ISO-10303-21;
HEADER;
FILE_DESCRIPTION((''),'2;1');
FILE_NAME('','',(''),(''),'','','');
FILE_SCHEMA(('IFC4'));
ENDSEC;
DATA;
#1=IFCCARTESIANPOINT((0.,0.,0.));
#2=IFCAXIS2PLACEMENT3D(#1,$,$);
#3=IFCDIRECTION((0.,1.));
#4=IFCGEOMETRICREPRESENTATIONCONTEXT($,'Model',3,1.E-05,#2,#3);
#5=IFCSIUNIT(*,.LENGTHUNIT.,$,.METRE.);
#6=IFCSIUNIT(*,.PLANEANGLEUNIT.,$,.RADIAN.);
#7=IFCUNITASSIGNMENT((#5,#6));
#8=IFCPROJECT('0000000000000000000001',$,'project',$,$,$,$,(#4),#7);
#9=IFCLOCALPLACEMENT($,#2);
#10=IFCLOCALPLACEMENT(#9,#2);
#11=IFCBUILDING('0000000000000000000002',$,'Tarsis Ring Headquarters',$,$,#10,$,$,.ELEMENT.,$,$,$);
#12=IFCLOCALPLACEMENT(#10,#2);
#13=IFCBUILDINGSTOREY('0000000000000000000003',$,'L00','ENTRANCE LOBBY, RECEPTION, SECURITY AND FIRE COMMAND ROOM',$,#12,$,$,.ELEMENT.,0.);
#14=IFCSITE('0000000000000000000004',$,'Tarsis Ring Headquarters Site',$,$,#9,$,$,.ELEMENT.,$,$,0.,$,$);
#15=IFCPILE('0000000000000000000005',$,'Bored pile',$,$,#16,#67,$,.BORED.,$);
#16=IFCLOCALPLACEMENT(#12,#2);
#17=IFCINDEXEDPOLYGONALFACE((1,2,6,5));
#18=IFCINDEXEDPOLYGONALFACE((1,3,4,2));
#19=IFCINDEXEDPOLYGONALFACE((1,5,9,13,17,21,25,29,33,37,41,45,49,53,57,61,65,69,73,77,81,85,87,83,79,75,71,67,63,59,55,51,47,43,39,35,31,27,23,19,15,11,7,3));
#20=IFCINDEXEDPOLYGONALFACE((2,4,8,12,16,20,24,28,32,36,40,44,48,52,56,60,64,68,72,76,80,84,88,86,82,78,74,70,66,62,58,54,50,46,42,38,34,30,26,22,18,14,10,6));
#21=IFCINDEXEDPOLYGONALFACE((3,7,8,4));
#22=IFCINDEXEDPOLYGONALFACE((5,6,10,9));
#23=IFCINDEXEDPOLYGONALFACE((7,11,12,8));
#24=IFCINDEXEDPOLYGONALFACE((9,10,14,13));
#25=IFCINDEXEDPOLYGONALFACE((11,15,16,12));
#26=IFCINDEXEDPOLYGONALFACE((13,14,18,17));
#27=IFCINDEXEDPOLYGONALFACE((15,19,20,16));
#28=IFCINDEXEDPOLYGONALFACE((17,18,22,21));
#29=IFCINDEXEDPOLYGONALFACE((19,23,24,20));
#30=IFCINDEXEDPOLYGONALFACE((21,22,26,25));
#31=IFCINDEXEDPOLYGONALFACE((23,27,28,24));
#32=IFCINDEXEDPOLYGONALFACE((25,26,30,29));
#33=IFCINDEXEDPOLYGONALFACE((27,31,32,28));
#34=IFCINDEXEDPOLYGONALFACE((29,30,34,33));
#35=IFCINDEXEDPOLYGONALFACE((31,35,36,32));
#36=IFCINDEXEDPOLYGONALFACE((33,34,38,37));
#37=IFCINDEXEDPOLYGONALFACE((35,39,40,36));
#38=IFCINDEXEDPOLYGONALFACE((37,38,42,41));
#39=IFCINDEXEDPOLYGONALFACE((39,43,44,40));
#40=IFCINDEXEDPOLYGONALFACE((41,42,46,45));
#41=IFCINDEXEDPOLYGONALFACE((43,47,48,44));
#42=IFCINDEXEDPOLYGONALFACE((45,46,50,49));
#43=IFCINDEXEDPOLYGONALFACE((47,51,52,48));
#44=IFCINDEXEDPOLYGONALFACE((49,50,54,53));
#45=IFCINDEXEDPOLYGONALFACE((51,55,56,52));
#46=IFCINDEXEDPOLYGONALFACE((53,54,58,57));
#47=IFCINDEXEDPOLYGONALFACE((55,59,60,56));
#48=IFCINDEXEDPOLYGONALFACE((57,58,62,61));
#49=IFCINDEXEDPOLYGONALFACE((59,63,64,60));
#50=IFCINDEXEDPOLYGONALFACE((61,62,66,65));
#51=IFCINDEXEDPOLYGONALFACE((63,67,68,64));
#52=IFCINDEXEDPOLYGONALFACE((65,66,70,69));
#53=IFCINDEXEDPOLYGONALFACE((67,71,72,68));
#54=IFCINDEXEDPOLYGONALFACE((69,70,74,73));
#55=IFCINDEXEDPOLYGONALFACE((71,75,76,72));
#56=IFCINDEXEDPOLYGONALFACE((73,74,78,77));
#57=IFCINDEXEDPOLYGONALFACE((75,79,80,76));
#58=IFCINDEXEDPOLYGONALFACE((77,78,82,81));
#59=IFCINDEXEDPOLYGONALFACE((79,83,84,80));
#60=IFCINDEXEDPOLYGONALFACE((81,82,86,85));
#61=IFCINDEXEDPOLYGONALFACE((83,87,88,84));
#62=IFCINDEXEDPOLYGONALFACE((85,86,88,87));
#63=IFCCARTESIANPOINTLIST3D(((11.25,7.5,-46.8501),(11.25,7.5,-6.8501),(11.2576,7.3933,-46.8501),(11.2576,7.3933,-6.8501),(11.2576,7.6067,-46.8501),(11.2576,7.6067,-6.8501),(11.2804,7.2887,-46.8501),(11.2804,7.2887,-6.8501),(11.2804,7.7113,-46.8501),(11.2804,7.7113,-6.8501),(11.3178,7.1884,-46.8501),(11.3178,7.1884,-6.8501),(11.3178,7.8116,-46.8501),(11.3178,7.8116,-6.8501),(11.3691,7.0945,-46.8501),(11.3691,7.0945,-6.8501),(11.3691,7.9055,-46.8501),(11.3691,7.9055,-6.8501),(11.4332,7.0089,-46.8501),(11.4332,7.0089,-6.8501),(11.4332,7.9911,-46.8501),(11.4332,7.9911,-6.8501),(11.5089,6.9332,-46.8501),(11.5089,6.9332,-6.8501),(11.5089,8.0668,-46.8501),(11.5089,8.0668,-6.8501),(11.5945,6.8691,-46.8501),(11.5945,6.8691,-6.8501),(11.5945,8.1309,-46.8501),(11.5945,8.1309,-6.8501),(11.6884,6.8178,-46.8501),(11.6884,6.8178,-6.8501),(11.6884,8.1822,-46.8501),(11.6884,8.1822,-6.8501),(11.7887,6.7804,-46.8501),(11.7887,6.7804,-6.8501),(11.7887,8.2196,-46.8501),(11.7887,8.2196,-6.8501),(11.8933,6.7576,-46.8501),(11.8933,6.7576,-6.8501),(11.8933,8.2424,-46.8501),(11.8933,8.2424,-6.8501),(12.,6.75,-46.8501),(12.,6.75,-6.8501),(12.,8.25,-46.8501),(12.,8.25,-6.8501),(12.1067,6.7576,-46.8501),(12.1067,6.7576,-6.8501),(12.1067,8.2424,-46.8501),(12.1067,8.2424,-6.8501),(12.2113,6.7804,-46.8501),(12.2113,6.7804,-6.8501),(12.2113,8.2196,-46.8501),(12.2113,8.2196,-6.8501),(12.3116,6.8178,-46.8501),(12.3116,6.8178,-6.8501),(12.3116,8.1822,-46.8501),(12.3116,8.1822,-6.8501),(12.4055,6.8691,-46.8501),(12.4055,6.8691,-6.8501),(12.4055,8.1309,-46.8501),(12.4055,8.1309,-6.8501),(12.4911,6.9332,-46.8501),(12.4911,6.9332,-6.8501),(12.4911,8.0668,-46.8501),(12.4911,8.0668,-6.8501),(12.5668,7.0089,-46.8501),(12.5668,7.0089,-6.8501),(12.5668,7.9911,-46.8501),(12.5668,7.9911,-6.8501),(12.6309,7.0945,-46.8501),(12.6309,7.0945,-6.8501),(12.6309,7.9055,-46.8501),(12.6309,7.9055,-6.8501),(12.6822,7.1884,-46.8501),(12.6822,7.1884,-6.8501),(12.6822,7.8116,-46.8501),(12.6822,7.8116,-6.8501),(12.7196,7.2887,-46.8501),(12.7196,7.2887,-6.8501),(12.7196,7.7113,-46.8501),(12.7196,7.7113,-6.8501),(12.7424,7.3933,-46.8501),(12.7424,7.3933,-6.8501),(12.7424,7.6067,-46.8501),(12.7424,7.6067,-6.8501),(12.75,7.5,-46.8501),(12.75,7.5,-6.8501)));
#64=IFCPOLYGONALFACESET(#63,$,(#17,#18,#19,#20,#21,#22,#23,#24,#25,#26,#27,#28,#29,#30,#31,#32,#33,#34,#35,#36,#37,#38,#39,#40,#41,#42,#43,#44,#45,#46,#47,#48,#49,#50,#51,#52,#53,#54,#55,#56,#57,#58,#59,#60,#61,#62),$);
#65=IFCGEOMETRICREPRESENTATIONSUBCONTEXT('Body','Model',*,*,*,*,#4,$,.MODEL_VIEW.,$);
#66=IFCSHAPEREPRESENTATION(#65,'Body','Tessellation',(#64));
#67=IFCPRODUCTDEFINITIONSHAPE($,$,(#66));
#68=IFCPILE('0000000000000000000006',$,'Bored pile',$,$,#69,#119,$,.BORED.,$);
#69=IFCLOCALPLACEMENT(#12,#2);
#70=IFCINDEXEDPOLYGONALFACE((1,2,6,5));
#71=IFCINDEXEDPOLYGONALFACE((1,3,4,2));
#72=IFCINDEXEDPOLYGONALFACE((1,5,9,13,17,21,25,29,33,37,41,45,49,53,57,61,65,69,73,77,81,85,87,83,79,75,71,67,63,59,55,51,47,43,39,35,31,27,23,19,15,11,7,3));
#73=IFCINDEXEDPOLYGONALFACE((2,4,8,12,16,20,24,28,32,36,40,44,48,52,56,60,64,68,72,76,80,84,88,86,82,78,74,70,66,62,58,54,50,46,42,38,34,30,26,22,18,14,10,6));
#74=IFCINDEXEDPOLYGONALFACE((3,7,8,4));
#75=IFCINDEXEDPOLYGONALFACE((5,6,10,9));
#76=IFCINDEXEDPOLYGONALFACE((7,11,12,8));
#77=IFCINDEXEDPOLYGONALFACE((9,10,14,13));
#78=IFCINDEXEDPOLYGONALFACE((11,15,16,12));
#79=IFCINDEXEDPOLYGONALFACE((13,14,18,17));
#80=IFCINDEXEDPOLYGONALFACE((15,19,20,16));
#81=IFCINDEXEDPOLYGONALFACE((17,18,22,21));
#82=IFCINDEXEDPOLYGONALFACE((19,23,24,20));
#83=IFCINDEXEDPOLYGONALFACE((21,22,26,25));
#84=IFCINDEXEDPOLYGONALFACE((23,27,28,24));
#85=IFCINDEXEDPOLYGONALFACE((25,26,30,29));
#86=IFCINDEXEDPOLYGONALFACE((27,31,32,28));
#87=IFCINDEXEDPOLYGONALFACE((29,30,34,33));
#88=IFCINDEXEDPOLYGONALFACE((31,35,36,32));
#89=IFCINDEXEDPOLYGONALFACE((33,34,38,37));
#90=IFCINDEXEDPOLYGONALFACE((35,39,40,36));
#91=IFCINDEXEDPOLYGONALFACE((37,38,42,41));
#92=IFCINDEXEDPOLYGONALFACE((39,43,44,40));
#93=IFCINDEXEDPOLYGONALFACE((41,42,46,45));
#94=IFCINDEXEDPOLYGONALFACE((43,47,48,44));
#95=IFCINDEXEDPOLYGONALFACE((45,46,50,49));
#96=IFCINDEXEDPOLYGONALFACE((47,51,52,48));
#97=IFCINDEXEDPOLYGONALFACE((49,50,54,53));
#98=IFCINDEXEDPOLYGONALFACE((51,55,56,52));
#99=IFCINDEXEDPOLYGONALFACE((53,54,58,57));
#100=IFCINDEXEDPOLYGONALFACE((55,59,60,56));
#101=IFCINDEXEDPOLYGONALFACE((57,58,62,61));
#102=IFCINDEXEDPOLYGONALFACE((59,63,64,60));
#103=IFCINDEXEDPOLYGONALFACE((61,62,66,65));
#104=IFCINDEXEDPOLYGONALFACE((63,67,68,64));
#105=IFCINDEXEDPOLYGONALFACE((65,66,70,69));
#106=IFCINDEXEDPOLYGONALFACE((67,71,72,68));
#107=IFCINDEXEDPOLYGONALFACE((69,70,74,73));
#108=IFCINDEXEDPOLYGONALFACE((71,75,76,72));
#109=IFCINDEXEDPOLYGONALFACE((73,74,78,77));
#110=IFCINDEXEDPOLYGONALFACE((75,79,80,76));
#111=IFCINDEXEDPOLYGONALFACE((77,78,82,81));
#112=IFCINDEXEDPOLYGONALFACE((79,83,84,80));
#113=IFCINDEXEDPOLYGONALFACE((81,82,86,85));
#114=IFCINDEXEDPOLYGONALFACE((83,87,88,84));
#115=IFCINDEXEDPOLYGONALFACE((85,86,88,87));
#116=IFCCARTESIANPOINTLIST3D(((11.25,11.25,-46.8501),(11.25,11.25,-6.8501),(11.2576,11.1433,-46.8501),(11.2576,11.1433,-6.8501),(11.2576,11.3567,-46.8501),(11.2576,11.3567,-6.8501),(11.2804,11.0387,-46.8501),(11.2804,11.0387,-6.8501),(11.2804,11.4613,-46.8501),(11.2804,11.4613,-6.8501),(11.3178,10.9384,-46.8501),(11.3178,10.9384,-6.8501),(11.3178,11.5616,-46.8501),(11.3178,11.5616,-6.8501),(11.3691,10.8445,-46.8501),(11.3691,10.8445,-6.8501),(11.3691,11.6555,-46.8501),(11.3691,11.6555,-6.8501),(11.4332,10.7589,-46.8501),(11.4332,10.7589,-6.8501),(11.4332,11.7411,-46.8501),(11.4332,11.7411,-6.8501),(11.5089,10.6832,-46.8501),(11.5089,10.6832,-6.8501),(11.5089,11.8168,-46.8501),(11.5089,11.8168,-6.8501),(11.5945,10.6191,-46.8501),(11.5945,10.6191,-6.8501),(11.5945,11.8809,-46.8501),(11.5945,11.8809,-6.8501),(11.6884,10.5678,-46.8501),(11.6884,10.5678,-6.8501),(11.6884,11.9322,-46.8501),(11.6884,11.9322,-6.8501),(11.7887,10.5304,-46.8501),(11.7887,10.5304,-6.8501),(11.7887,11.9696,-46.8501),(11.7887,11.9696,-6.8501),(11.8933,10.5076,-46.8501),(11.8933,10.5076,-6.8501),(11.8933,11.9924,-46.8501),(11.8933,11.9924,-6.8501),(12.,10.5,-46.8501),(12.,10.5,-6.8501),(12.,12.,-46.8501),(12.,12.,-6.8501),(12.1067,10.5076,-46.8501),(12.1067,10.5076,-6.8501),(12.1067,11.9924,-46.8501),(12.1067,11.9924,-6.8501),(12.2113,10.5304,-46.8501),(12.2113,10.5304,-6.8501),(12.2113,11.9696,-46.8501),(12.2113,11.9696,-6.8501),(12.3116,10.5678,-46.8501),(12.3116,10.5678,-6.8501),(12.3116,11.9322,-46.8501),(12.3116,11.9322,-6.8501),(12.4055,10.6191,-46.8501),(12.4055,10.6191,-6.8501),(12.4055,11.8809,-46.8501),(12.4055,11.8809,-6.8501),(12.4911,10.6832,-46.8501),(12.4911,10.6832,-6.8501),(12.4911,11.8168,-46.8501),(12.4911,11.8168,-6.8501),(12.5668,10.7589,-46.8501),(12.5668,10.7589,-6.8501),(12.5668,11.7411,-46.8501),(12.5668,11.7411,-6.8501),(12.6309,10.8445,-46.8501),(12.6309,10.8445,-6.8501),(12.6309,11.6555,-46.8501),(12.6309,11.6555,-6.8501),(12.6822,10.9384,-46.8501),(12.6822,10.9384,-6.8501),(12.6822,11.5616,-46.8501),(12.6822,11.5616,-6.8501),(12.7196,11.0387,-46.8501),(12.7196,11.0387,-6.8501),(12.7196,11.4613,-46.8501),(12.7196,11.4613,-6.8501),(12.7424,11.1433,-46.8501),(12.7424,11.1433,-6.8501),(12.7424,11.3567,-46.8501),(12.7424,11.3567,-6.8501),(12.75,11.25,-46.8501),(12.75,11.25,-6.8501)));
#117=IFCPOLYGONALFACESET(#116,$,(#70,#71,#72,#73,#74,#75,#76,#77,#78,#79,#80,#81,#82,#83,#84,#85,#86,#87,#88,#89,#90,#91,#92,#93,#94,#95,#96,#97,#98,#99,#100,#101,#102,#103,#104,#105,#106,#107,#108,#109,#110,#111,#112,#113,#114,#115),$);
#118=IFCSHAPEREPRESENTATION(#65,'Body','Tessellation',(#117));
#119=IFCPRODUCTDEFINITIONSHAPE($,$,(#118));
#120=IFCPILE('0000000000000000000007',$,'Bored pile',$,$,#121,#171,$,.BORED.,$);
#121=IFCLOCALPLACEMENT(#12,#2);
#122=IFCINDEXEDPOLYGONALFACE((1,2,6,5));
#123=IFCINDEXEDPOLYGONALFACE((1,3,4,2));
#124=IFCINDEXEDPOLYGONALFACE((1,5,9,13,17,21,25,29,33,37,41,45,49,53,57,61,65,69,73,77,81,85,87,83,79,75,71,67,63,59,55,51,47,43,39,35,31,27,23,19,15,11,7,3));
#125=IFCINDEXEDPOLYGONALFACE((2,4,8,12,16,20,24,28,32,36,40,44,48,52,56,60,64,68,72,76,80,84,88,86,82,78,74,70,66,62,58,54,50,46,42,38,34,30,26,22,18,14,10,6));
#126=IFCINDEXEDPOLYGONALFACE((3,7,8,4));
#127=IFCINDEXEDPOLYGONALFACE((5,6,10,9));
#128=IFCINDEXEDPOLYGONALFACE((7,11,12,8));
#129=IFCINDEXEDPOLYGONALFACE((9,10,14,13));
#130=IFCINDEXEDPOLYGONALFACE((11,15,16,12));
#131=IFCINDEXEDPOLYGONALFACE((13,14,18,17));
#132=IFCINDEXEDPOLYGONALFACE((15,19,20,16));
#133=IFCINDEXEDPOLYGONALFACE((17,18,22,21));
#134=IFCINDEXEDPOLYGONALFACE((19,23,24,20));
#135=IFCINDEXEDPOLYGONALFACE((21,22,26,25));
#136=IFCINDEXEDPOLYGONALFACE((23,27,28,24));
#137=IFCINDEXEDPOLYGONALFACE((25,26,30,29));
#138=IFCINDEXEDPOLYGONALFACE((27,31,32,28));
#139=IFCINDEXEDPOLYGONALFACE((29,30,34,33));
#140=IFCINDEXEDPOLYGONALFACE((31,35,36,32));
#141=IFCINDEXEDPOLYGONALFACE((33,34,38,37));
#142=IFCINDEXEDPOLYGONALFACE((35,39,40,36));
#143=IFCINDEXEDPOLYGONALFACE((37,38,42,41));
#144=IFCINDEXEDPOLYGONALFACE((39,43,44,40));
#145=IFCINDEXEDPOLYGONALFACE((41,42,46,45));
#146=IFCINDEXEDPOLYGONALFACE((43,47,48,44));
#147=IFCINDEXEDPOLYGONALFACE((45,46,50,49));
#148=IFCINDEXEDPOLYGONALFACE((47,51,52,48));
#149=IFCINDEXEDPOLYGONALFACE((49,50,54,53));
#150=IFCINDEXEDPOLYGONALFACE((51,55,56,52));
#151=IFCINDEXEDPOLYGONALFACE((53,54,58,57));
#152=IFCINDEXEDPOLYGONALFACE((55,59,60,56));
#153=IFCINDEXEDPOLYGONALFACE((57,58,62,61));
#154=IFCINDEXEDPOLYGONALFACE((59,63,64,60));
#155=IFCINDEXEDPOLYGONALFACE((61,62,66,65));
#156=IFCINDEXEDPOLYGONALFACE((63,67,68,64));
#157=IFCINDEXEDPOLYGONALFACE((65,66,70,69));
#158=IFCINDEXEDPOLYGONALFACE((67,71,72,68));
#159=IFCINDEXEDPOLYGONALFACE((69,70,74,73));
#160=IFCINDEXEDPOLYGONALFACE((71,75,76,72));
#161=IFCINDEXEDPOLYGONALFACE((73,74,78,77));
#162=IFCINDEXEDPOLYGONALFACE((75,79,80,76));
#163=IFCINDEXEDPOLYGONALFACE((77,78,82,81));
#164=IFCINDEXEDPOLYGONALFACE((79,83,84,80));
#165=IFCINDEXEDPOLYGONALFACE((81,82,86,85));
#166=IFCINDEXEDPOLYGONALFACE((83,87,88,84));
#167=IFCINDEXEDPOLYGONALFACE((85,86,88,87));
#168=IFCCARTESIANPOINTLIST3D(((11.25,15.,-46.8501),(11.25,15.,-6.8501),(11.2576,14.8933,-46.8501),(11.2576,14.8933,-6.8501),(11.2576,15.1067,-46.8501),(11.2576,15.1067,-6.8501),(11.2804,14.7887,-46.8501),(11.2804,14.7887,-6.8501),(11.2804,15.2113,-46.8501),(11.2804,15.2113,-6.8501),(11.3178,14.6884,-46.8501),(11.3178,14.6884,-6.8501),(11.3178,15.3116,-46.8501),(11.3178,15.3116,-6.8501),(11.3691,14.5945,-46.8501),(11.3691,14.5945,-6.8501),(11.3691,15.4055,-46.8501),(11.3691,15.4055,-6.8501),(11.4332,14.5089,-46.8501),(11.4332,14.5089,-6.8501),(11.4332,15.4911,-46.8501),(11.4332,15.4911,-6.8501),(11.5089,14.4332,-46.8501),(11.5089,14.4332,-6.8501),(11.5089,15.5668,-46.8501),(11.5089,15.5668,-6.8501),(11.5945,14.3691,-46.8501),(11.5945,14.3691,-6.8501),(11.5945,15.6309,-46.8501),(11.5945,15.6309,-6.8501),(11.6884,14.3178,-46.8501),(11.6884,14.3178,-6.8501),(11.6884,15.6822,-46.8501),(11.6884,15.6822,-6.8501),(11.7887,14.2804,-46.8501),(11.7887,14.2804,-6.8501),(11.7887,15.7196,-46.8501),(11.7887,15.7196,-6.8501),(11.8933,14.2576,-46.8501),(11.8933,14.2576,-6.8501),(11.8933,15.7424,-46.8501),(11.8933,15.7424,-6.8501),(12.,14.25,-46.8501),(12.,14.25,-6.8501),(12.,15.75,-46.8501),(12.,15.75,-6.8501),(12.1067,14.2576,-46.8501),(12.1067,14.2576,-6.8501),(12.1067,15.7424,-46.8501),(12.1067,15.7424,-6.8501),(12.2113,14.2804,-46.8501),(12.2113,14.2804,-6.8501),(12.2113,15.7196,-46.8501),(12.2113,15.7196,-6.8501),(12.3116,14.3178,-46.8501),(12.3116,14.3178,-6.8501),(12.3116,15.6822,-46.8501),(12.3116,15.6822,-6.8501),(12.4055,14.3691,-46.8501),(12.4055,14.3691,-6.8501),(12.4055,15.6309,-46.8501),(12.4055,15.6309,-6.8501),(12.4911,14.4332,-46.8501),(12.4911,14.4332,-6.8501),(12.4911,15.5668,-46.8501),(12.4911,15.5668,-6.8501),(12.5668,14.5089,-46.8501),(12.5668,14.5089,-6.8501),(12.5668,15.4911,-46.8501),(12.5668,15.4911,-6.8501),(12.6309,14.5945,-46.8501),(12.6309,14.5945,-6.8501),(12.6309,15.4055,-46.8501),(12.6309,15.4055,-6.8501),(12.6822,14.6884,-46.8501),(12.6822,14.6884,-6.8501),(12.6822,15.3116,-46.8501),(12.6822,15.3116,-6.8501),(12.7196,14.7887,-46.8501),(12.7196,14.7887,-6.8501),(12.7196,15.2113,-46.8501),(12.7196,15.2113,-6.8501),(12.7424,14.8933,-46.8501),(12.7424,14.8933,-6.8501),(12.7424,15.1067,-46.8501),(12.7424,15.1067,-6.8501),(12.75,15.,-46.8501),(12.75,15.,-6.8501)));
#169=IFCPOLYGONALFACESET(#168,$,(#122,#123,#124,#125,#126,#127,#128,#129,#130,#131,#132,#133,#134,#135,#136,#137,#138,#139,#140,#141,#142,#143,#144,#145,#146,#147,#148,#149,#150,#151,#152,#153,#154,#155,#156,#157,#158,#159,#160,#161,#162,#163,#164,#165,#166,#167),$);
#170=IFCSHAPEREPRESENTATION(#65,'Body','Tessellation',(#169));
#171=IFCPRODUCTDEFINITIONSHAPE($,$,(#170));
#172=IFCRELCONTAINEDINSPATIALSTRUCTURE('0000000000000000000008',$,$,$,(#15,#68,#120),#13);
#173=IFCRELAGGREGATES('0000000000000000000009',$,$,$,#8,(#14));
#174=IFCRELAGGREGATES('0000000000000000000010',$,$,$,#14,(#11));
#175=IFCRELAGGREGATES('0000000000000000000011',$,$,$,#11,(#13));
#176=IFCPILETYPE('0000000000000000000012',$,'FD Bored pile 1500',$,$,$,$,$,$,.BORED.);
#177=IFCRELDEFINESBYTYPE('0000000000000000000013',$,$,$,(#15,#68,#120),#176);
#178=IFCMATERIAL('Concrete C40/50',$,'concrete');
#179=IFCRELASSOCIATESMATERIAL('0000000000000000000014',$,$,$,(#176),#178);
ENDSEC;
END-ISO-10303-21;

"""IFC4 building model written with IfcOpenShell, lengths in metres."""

from ifc_helpers import new_model, si_unit, direction, frame, origin, origin_2d, place, context, subcontext, project, spatial, circle, extrude, material, material_profile, profile_set, type_object, element, save


model = new_model("IFC4")

# Units and contexts
model_context = context("Model", 3, precision=1e-05, world=origin(), true_north=direction((0.0, 1.0)))
body_context = subcontext(model_context, "Body", "Model", "MODEL_VIEW")
ifc_project = project(units=[si_unit("LENGTHUNIT", "METRE"), si_unit("PLANEANGLEUNIT", "RADIAN")], contexts=[model_context])

# Site, building, storey
site_placement = place(None, origin())
site = spatial("IfcSite", under=ifc_project, at=site_placement, Name="Tarsis Ring Headquarters Site", CompositionType="ELEMENT", RefElevation=0.0)
building_placement = place(site_placement, origin())
building = spatial("IfcBuilding", under=site, at=building_placement, Name="Tarsis Ring Headquarters", CompositionType="ELEMENT")
storey_placement = place(building_placement, origin())
storey = spatial("IfcBuildingStorey", under=building, at=storey_placement, Name="L00", Description="ENTRANCE LOBBY, RECEPTION, SECURITY AND FIRE COMMAND ROOM", CompositionType="ELEMENT", Elevation=0.0)

# Piles
ifc_material_1 = material(Name="Concrete C40/50", Category="concrete")
ifc_material_profile_1 = material_profile(ifc_material_1, circle(Radius=0.75, at=origin_2d()), Name="BORED 1500")
ifc_profile_set_1 = profile_set([ifc_material_profile_1], Name="Concrete C40/50")
pile_type = type_object("IfcPileType", Name="FD Bored pile 1500", PredefinedType="BORED", material=ifc_profile_set_1)
for number, where, z_axis, x_axis, name in (
    (1, (12.0, 7.5, -6.8501), (0.0, 0.0, -1.0), (1.0, 0.0, 0.0), "Bored pile"),
    (2, (12.0, 11.25, -6.8501), (0.0, 0.0, -1.0), (1.0, 0.0, 0.0), "Bored pile"),
    (3, (12.0, 15.0, -6.8501), (0.0, 0.0, -1.0), (1.0, 0.0, 0.0), "Bored pile"),
):
    element("IfcPile", number, at=place(storey_placement, frame(where, z_axis=z_axis, x_axis=x_axis)), inside=storey, type_object=pile_type, Name=name, PredefinedType="BORED", context=body_context, shape_type="SweptSolid", body=[
        extrude(circle(Radius=0.75, at=origin_2d()), origin(), (0.0, 0.0, 1.0), 40.0),
    ])

save(model, "model.ifc")
